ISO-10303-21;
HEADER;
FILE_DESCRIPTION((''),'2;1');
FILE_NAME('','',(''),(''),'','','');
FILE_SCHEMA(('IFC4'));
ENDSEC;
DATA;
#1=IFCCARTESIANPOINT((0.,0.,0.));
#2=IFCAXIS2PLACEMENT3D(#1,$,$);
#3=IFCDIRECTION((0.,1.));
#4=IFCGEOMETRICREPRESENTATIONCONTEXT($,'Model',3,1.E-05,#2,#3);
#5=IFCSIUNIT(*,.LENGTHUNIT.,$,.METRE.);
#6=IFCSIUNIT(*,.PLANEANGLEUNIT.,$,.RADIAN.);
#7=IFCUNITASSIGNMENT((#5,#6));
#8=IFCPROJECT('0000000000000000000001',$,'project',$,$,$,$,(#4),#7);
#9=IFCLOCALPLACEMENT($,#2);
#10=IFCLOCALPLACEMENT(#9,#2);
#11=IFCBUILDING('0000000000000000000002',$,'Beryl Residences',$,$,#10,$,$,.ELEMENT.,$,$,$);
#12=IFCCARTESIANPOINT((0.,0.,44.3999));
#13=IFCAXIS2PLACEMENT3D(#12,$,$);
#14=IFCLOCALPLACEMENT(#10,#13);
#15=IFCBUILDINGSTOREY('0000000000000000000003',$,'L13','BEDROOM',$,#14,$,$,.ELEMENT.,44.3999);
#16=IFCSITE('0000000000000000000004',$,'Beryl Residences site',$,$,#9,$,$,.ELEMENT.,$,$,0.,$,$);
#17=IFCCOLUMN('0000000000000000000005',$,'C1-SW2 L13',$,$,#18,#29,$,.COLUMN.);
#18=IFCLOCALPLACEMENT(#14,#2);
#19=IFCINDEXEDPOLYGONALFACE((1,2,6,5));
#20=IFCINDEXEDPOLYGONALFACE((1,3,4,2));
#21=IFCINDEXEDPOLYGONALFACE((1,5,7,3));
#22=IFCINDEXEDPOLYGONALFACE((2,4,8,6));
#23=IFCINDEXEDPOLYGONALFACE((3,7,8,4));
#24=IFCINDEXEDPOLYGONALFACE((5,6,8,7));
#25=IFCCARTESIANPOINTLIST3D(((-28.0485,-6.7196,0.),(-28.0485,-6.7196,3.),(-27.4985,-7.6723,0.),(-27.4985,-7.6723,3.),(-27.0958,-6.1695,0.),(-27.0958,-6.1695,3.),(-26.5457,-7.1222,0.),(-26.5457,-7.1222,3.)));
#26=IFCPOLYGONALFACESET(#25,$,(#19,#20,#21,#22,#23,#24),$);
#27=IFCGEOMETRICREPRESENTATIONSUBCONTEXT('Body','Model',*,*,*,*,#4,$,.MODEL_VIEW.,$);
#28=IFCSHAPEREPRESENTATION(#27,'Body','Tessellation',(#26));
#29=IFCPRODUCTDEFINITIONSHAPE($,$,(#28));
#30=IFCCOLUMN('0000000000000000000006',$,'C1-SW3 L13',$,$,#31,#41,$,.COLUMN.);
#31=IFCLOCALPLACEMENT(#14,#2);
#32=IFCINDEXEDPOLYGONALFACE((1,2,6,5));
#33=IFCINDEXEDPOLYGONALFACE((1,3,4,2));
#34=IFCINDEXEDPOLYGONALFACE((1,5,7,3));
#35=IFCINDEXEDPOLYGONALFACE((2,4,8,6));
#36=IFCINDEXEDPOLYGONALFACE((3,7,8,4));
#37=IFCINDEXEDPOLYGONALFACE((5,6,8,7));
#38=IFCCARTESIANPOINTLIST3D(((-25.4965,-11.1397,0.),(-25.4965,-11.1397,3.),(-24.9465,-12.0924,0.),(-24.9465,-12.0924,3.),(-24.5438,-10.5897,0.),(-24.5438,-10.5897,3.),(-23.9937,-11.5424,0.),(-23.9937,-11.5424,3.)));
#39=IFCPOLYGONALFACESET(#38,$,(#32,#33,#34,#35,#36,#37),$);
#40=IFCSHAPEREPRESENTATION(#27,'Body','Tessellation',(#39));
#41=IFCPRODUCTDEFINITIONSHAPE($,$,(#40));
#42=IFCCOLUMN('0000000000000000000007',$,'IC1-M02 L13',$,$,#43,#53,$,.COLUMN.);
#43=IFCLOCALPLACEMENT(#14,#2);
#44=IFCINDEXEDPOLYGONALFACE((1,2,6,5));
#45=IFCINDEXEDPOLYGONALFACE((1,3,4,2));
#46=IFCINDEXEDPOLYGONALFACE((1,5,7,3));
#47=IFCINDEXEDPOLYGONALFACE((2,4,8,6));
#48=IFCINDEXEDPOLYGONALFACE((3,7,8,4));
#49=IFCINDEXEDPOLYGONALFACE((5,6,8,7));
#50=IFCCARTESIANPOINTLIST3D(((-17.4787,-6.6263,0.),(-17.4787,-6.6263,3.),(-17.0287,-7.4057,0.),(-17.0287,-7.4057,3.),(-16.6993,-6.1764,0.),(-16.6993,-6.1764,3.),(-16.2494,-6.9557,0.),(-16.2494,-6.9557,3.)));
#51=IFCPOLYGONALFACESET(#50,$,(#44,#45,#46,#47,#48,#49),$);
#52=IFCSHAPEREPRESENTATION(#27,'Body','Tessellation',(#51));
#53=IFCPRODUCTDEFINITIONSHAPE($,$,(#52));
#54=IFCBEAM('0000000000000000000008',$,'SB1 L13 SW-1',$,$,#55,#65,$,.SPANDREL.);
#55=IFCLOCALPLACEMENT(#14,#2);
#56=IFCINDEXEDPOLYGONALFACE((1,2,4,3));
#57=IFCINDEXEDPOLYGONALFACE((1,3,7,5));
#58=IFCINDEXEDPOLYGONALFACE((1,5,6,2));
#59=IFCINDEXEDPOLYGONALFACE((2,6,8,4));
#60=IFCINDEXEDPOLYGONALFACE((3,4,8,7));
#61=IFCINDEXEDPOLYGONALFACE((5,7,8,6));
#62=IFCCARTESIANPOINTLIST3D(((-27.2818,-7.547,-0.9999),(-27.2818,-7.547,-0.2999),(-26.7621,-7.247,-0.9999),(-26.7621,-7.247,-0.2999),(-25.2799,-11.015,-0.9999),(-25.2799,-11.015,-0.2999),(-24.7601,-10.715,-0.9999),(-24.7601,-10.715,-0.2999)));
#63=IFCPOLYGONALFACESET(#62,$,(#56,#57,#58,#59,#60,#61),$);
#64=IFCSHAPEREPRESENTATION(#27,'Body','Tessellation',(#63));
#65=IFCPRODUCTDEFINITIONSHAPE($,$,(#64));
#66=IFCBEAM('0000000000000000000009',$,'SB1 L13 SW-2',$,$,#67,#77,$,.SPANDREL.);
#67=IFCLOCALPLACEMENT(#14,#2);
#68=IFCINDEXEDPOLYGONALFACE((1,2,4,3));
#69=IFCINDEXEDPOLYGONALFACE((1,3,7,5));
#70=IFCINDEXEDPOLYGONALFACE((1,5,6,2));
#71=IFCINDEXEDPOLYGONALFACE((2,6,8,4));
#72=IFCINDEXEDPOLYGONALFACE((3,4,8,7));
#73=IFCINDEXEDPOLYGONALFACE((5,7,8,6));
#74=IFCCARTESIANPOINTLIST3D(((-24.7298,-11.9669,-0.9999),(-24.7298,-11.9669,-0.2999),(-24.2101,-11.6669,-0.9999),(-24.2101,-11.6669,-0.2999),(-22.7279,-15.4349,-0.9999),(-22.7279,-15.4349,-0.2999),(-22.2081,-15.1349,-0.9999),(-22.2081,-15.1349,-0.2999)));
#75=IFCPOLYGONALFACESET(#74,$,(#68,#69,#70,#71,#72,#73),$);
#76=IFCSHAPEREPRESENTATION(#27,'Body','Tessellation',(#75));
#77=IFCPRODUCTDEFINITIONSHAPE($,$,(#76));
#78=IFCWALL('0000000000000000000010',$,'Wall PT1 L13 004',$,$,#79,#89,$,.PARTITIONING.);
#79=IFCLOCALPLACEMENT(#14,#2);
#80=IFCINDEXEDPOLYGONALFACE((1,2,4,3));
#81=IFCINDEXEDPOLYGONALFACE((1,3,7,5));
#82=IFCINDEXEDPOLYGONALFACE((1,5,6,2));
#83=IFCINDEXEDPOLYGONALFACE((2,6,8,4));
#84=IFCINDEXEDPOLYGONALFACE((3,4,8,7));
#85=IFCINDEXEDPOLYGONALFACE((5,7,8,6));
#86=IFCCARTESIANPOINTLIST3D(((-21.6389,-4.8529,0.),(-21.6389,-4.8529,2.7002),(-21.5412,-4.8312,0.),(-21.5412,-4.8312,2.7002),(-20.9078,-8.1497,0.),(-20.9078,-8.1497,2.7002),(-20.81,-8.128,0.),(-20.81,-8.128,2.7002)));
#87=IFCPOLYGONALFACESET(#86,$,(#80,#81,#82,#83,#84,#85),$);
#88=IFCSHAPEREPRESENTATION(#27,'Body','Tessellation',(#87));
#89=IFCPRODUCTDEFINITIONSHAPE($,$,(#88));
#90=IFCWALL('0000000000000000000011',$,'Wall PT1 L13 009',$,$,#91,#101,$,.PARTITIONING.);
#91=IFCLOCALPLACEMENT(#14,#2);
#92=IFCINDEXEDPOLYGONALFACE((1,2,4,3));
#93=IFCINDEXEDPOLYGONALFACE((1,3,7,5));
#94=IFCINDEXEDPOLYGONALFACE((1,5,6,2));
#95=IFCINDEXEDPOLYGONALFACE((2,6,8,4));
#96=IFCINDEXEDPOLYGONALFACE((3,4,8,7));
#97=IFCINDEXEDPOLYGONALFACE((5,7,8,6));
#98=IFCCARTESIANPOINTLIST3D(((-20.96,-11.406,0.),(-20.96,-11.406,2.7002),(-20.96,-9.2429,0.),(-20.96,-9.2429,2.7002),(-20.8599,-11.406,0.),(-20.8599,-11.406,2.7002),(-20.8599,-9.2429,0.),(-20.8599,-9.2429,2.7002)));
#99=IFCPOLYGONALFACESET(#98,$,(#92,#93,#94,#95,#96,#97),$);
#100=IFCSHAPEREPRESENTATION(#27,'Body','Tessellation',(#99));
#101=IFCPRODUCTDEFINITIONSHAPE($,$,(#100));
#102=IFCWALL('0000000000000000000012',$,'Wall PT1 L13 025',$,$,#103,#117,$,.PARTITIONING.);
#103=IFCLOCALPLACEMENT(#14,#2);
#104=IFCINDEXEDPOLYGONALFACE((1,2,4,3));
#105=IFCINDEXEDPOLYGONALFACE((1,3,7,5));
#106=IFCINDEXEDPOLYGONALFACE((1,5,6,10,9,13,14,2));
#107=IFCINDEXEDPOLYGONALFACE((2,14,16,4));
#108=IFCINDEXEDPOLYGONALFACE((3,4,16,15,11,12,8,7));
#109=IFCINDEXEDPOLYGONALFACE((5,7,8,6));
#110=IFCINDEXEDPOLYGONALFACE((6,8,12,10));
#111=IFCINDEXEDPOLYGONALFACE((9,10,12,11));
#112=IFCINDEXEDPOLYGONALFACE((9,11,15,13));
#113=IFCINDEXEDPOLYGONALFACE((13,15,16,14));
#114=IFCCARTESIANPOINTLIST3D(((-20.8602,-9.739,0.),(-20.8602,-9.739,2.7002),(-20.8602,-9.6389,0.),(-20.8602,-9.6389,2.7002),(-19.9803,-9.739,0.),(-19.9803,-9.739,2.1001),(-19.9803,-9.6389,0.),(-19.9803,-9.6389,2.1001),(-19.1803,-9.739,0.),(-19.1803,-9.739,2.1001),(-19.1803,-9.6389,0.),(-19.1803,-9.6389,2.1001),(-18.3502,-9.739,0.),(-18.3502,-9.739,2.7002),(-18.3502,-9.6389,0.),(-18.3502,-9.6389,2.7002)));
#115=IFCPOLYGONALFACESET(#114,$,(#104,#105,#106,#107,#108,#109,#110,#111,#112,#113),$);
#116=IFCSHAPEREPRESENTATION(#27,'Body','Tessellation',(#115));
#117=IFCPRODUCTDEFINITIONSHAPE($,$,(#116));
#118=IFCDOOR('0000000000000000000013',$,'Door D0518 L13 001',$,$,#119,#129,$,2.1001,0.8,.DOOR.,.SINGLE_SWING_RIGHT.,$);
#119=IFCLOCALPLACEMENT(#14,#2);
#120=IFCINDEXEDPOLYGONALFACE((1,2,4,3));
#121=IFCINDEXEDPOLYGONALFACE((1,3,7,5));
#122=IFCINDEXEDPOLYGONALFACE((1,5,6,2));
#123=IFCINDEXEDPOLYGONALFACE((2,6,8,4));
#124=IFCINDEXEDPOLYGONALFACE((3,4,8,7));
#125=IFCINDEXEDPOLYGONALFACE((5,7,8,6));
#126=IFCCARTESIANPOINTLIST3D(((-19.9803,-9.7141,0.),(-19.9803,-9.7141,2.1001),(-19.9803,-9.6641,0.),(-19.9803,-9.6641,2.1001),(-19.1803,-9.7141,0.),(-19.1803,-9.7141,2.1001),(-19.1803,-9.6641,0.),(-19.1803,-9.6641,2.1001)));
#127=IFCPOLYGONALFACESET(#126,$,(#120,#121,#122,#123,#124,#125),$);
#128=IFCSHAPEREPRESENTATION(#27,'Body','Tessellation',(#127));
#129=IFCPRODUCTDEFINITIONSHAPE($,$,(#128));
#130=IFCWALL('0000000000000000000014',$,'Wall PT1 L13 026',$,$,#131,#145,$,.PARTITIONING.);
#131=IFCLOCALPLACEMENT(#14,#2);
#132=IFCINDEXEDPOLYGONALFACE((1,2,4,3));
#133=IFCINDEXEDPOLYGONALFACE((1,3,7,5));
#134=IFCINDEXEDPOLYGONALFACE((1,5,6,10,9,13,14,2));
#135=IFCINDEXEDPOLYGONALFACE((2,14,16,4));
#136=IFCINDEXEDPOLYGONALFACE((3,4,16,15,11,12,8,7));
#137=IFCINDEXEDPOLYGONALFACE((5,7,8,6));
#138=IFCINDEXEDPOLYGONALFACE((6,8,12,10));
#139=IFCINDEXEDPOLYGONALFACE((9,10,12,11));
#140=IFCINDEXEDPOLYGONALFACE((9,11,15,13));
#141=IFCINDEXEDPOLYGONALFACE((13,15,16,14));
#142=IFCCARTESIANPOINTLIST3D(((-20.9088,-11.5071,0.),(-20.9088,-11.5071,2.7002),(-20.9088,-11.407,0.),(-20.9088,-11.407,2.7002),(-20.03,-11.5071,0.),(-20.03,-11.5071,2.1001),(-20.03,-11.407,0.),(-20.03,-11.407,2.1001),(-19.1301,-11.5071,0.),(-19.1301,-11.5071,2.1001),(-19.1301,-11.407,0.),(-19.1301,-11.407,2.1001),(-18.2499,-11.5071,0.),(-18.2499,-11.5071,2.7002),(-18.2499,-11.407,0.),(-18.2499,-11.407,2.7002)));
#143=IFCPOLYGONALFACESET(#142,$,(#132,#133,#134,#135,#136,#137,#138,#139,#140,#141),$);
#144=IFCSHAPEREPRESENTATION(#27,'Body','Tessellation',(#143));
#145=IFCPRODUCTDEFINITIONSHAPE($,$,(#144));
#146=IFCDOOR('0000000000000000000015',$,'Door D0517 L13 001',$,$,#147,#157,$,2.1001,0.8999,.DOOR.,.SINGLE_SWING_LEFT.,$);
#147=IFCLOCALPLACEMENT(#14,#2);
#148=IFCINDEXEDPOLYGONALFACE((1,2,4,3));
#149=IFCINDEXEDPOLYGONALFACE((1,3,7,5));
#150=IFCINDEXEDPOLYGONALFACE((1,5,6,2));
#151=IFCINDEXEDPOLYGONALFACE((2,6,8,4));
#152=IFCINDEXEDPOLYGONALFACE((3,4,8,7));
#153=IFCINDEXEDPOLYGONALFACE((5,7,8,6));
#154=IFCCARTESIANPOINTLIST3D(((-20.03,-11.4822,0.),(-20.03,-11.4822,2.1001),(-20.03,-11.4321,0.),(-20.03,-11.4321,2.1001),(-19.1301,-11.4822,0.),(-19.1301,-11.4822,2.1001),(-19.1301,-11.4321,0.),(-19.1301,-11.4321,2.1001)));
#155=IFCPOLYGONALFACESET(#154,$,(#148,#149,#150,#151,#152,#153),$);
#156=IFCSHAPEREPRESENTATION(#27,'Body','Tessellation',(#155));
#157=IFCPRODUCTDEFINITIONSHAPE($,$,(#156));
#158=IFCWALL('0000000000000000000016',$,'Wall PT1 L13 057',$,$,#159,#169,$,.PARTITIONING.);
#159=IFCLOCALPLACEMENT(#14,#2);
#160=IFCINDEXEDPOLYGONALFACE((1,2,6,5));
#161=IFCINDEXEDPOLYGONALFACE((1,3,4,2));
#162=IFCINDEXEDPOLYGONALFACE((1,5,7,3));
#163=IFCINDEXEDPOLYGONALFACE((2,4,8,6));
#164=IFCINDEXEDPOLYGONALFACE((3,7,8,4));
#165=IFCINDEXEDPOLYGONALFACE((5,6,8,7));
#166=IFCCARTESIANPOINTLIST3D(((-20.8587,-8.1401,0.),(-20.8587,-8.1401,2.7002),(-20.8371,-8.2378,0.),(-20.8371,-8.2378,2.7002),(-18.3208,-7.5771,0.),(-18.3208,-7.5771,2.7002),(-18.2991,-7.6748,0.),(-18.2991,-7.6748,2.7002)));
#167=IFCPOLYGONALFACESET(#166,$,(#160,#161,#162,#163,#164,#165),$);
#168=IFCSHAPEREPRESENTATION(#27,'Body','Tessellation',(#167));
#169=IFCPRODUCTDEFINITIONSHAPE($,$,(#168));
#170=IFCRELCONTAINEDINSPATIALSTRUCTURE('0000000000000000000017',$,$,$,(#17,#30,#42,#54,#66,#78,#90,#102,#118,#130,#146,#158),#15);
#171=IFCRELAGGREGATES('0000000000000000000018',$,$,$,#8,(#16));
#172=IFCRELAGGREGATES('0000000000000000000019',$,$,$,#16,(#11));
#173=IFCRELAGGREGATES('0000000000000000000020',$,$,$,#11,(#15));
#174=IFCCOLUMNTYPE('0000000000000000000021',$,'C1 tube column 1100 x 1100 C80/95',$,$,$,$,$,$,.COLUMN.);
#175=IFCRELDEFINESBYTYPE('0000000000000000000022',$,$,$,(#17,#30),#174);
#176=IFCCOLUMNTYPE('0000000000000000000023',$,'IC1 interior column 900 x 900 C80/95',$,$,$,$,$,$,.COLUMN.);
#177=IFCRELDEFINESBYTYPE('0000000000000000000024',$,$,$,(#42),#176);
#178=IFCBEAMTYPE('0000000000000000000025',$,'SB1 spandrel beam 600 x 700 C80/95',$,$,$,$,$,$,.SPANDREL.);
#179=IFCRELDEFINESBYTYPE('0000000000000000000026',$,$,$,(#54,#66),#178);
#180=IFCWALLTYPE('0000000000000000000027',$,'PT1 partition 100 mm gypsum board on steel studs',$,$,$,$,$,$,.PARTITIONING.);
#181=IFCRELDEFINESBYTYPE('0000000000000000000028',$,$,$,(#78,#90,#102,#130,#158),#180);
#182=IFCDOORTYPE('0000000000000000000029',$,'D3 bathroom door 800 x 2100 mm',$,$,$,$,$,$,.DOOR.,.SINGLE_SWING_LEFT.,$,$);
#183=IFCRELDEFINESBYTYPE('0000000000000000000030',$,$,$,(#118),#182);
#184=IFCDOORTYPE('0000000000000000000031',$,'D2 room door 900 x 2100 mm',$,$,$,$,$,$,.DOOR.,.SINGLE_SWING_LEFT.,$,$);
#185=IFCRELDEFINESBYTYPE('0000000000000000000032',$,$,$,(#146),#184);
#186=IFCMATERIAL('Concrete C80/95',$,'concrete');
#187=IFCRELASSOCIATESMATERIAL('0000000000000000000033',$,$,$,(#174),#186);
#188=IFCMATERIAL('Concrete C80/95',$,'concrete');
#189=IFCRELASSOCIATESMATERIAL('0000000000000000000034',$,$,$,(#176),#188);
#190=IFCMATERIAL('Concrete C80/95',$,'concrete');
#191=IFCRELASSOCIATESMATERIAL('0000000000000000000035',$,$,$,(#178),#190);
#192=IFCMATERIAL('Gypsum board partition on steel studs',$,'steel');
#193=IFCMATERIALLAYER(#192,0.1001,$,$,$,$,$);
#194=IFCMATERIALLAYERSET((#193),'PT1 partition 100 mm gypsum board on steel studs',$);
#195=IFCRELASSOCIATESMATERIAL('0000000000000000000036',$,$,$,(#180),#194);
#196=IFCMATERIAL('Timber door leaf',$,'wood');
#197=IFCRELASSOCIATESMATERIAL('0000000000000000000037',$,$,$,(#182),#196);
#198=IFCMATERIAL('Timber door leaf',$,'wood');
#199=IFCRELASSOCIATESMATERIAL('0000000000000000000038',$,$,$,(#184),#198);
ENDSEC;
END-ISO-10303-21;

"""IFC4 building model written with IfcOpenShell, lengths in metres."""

from ifc_helpers import new_model, si_unit, direction, frame, frame_2d, origin, origin_2d, place, context, subcontext, project, spatial, rectangle, extrude, material, layer, layer_set, material_profile, profile_set, type_object, element, fill, save


model = new_model("IFC4")

# Units and contexts
model_context = context("Model", 3, precision=1e-05, world=origin(), true_north=direction((0.0, 1.0)))
body_context = subcontext(model_context, "Body", "Model", "MODEL_VIEW")
ifc_project = project(units=[si_unit("LENGTHUNIT", "METRE"), si_unit("PLANEANGLEUNIT", "RADIAN")], contexts=[model_context])

# Site, building, storey
site_placement = place(None, origin())
site = spatial("IfcSite", under=ifc_project, at=site_placement, Name="Beryl Residences site", CompositionType="ELEMENT", RefElevation=0.0)
building_placement = place(site_placement, origin())
building = spatial("IfcBuilding", under=site, at=building_placement, Name="Beryl Residences", CompositionType="ELEMENT")
storey_placement = place(building_placement, frame((0.0, 0.0, 44.3999)))
storey = spatial("IfcBuildingStorey", under=building, at=storey_placement, Name="L13", Description="BEDROOM", CompositionType="ELEMENT", Elevation=44.3999)

# Columns
ifc_material_1 = material(Name="Concrete C80/95", Category="concrete")
ifc_material_profile_1 = material_profile(ifc_material_1, rectangle(XDim=1.1001, YDim=1.1001, at=origin_2d()))
ifc_profile_set_1 = profile_set([ifc_material_profile_1], Name="Concrete C80/95")
column_type_1 = type_object("IfcColumnType", Name="C1 tube column 1100 x 1100 C80/95", PredefinedType="COLUMN", material=ifc_profile_set_1)
for number, where, z_axis, x_axis, name in (
    (1, (-27.2971, -6.9209, 0.0), (0.0, 0.0, 1.0), (0.499985, -0.866034, 0.0), "C1-SW2 L13"),
    (2, (-24.7451, -11.3411, 0.0), (0.0, 0.0, 1.0), (0.499985, -0.866034, 0.0), "C1-SW3 L13"),
):
    element("IfcColumn", number, at=place(storey_placement, frame(where, z_axis=z_axis, x_axis=x_axis)), inside=storey, type_object=column_type_1, Name=name, PredefinedType="COLUMN", context=body_context, shape_type="SweptSolid", body=[
        extrude(rectangle(XDim=1.1001, YDim=1.1001, at=origin_2d()), origin(), (0.0, 0.0, 1.0), 3.0),
    ])
ifc_material_2 = material(Name="Concrete C80/95", Category="concrete")
ifc_material_profile_2 = material_profile(ifc_material_2, rectangle(XDim=0.8999, YDim=0.8999, at=origin_2d()))
ifc_profile_set_2 = profile_set([ifc_material_profile_2], Name="Concrete C80/95")
column_type_2 = type_object("IfcColumnType", Name="IC1 interior column 900 x 900 C80/95", PredefinedType="COLUMN", material=ifc_profile_set_2)
column_placement = place(storey_placement, frame((-16.864, -6.791, 0.0), z_axis=(0.0, 0.0, 1.0), x_axis=(0.499985, -0.866034, 0.0)))
element("IfcColumn", 3, at=column_placement, inside=storey, type_object=column_type_2, Name="IC1-M02 L13", PredefinedType="COLUMN", context=body_context, shape_type="SweptSolid", body=[
    extrude(rectangle(XDim=0.8999, YDim=0.8999, at=origin_2d()), origin(), (0.0, 0.0, 1.0), 3.0),
])

# Beams
ifc_material_3 = material(Name="Concrete C80/95", Category="concrete")
ifc_material_profile_3 = material_profile(ifc_material_3, rectangle(XDim=0.6001, YDim=0.7, at=origin_2d()))
ifc_profile_set_3 = profile_set([ifc_material_profile_3], Name="Concrete C80/95")
beam_type = type_object("IfcBeamType", Name="SB1 spandrel beam 600 x 700 C80/95", PredefinedType="SPANDREL", material=ifc_profile_set_3)
for number, where, z_axis, x_axis, name in (
    (4, (-27.022, -7.397, -0.6499), (0.499942, -0.866059, 0.0), (0.866059, 0.499942, 0.0), "SB1 L13 SW-1"),
    (5, (-24.47, -11.8169, -0.6499), (0.499942, -0.866059, 0.0), (0.866059, 0.499942, 0.0), "SB1 L13 SW-2"),
):
    element("IfcBeam", number, at=place(storey_placement, frame(where, z_axis=z_axis, x_axis=x_axis)), inside=storey, type_object=beam_type, Name=name, PredefinedType="SPANDREL", context=body_context, shape_type="SweptSolid", body=[
        extrude(rectangle(XDim=0.6001, YDim=0.7, at=origin_2d()), origin(), (0.0, 0.0, 1.0), 4.0044),
    ])

# Walls
ifc_material_4 = material(Name="Gypsum board partition on steel studs", Category="steel")
ifc_layer_1 = layer(ifc_material_4, 0.1001)
ifc_layer_set_1 = layer_set([ifc_layer_1], Name="PT1 partition 100 mm gypsum board on steel studs")
wall_type_1 = type_object("IfcWallType", Name="PT1 partition 100 mm gypsum board on steel studs", PredefinedType="PARTITIONING", material=ifc_layer_set_1)
wall_1_placement = place(storey_placement, frame((-21.5901, -4.842, 0.0), z_axis=(0.0, 0.0, 1.0), x_axis=(0.216525, -0.976277, 0.0)))
element("IfcWall", 6, at=wall_1_placement, inside=storey, type_object=wall_type_1, Name="Wall PT1 L13 004", PredefinedType="PARTITIONING", context=body_context, shape_type="SweptSolid", body=[
    extrude(rectangle(XDim=3.377, YDim=0.1001, at=frame_2d((1.6885, 0.0))), origin(), (0.0, 0.0, 1.0), 2.7002),
])
wall_2_placement = place(storey_placement, frame((-20.9099, -9.2429, 0.0), z_axis=(0.0, 0.0, 1.0), x_axis=(0.0, -1.0, 0.0)))
element("IfcWall", 7, at=wall_2_placement, inside=storey, type_object=wall_type_1, Name="Wall PT1 L13 009", PredefinedType="PARTITIONING", context=body_context, shape_type="SweptSolid", body=[
    extrude(rectangle(XDim=2.1631, YDim=0.1001, at=frame_2d((1.0815, 0.0))), origin(), (0.0, 0.0, 1.0), 2.7002),
])

# Walls, openings, doors
wall_3_placement = place(storey_placement, frame((-20.8601, -9.689, 0.0), z_axis=(0.0, 0.0, 1.0), x_axis=(1.0, 0.0, 0.0)))
wall_3 = element("IfcWall", 8, at=wall_3_placement, inside=storey, type_object=wall_type_1, Name="Wall PT1 L13 025", PredefinedType="PARTITIONING", context=body_context, shape_type="SweptSolid", body=[
    extrude(rectangle(XDim=2.51, YDim=0.1001, at=frame_2d((1.2549, 0.0))), origin(), (0.0, 0.0, 1.0), 2.7002),
])
opening_1_placement = place(wall_3_placement, frame((0.8799, 0.0, 0.0)))
opening_1 = element("IfcOpeningElement", 9, at=opening_1_placement, cuts=wall_3, PredefinedType="OPENING", context=body_context, shape_type="SweptSolid", body=[
    extrude(rectangle(XDim=0.8, YDim=2.1001, at=frame_2d((0.3999, 1.05))), frame((0.0, 0.0601, 0.0), z_axis=(0.0, -1.0, 0.0), x_axis=(1.0, 0.0, 0.0)), (0.0, 0.0, 1.0), 0.1201),
])
ifc_material_5 = material(Name="Timber door leaf", Category="wood")
door_type_1 = type_object("IfcDoorType", Name="D3 bathroom door 800 x 2100 mm", OperationType="SINGLE_SWING_LEFT", PredefinedType="DOOR", material=ifc_material_5)
door_1_placement = place(opening_1_placement, origin())
door_1 = element("IfcDoor", 10, at=door_1_placement, inside=storey, type_object=door_type_1, Name="Door D0518 L13 001", OperationType="SINGLE_SWING_RIGHT", OverallHeight=2.1001, OverallWidth=0.8, PredefinedType="DOOR", context=body_context, shape_type="SweptSolid", body=[
    extrude(rectangle(XDim=0.8, YDim=2.1001, at=frame_2d((0.3999, 1.05))), frame((0.0, 0.0249, 0.0), z_axis=(0.0, -1.0, 0.0), x_axis=(1.0, 0.0, 0.0)), (0.0, 0.0, 1.0), 0.05),
])
fill(opening_1, door_1)
wall_4_placement = place(storey_placement, frame((-20.9089, -11.457, 0.0), z_axis=(0.0, 0.0, 1.0), x_axis=(1.0, 0.0, 0.0)))
wall_4 = element("IfcWall", 11, at=wall_4_placement, inside=storey, type_object=wall_type_1, Name="Wall PT1 L13 026", PredefinedType="PARTITIONING", context=body_context, shape_type="SweptSolid", body=[
    extrude(rectangle(XDim=2.6589, YDim=0.1001, at=frame_2d((1.3296, 0.0))), origin(), (0.0, 0.0, 1.0), 2.7002),
])
opening_2_placement = place(wall_4_placement, frame((0.8789, 0.0, 0.0)))
opening_2 = element("IfcOpeningElement", 12, at=opening_2_placement, cuts=wall_4, PredefinedType="OPENING", context=body_context, shape_type="SweptSolid", body=[
    extrude(rectangle(XDim=0.8999, YDim=2.1001, at=frame_2d((0.45, 1.05))), frame((0.0, 0.0601, 0.0), z_axis=(0.0, -1.0, 0.0), x_axis=(1.0, 0.0, 0.0)), (0.0, 0.0, 1.0), 0.1201),
])
ifc_material_6 = material(Name="Timber door leaf", Category="wood")
door_type_2 = type_object("IfcDoorType", Name="D2 room door 900 x 2100 mm", OperationType="SINGLE_SWING_LEFT", PredefinedType="DOOR", material=ifc_material_6)
door_2_placement = place(opening_2_placement, origin())
door_2 = element("IfcDoor", 13, at=door_2_placement, inside=storey, type_object=door_type_2, Name="Door D0517 L13 001", OperationType="SINGLE_SWING_LEFT", OverallHeight=2.1001, OverallWidth=0.8999, PredefinedType="DOOR", context=body_context, shape_type="SweptSolid", body=[
    extrude(rectangle(XDim=0.8999, YDim=2.1001, at=frame_2d((0.45, 1.05))), frame((0.0, 0.0249, 0.0), z_axis=(0.0, -1.0, 0.0), x_axis=(1.0, 0.0, 0.0)), (0.0, 0.0, 1.0), 0.05),
])
fill(opening_2, door_2)

# Wall
wall_5_placement = place(storey_placement, frame((-20.8479, -8.189, 0.0), z_axis=(0.0, 0.0, 1.0), x_axis=(0.976267, 0.216572, 0.0)))
element("IfcWall", 14, at=wall_5_placement, inside=storey, type_object=wall_type_1, Name="Wall PT1 L13 057", PredefinedType="PARTITIONING", context=body_context, shape_type="SweptSolid", body=[
    extrude(rectangle(XDim=2.5996, YDim=0.1001, at=frame_2d((1.2998, 0.0))), origin(), (0.0, 0.0, 1.0), 2.7002),
])

save(model, "model.ifc")
